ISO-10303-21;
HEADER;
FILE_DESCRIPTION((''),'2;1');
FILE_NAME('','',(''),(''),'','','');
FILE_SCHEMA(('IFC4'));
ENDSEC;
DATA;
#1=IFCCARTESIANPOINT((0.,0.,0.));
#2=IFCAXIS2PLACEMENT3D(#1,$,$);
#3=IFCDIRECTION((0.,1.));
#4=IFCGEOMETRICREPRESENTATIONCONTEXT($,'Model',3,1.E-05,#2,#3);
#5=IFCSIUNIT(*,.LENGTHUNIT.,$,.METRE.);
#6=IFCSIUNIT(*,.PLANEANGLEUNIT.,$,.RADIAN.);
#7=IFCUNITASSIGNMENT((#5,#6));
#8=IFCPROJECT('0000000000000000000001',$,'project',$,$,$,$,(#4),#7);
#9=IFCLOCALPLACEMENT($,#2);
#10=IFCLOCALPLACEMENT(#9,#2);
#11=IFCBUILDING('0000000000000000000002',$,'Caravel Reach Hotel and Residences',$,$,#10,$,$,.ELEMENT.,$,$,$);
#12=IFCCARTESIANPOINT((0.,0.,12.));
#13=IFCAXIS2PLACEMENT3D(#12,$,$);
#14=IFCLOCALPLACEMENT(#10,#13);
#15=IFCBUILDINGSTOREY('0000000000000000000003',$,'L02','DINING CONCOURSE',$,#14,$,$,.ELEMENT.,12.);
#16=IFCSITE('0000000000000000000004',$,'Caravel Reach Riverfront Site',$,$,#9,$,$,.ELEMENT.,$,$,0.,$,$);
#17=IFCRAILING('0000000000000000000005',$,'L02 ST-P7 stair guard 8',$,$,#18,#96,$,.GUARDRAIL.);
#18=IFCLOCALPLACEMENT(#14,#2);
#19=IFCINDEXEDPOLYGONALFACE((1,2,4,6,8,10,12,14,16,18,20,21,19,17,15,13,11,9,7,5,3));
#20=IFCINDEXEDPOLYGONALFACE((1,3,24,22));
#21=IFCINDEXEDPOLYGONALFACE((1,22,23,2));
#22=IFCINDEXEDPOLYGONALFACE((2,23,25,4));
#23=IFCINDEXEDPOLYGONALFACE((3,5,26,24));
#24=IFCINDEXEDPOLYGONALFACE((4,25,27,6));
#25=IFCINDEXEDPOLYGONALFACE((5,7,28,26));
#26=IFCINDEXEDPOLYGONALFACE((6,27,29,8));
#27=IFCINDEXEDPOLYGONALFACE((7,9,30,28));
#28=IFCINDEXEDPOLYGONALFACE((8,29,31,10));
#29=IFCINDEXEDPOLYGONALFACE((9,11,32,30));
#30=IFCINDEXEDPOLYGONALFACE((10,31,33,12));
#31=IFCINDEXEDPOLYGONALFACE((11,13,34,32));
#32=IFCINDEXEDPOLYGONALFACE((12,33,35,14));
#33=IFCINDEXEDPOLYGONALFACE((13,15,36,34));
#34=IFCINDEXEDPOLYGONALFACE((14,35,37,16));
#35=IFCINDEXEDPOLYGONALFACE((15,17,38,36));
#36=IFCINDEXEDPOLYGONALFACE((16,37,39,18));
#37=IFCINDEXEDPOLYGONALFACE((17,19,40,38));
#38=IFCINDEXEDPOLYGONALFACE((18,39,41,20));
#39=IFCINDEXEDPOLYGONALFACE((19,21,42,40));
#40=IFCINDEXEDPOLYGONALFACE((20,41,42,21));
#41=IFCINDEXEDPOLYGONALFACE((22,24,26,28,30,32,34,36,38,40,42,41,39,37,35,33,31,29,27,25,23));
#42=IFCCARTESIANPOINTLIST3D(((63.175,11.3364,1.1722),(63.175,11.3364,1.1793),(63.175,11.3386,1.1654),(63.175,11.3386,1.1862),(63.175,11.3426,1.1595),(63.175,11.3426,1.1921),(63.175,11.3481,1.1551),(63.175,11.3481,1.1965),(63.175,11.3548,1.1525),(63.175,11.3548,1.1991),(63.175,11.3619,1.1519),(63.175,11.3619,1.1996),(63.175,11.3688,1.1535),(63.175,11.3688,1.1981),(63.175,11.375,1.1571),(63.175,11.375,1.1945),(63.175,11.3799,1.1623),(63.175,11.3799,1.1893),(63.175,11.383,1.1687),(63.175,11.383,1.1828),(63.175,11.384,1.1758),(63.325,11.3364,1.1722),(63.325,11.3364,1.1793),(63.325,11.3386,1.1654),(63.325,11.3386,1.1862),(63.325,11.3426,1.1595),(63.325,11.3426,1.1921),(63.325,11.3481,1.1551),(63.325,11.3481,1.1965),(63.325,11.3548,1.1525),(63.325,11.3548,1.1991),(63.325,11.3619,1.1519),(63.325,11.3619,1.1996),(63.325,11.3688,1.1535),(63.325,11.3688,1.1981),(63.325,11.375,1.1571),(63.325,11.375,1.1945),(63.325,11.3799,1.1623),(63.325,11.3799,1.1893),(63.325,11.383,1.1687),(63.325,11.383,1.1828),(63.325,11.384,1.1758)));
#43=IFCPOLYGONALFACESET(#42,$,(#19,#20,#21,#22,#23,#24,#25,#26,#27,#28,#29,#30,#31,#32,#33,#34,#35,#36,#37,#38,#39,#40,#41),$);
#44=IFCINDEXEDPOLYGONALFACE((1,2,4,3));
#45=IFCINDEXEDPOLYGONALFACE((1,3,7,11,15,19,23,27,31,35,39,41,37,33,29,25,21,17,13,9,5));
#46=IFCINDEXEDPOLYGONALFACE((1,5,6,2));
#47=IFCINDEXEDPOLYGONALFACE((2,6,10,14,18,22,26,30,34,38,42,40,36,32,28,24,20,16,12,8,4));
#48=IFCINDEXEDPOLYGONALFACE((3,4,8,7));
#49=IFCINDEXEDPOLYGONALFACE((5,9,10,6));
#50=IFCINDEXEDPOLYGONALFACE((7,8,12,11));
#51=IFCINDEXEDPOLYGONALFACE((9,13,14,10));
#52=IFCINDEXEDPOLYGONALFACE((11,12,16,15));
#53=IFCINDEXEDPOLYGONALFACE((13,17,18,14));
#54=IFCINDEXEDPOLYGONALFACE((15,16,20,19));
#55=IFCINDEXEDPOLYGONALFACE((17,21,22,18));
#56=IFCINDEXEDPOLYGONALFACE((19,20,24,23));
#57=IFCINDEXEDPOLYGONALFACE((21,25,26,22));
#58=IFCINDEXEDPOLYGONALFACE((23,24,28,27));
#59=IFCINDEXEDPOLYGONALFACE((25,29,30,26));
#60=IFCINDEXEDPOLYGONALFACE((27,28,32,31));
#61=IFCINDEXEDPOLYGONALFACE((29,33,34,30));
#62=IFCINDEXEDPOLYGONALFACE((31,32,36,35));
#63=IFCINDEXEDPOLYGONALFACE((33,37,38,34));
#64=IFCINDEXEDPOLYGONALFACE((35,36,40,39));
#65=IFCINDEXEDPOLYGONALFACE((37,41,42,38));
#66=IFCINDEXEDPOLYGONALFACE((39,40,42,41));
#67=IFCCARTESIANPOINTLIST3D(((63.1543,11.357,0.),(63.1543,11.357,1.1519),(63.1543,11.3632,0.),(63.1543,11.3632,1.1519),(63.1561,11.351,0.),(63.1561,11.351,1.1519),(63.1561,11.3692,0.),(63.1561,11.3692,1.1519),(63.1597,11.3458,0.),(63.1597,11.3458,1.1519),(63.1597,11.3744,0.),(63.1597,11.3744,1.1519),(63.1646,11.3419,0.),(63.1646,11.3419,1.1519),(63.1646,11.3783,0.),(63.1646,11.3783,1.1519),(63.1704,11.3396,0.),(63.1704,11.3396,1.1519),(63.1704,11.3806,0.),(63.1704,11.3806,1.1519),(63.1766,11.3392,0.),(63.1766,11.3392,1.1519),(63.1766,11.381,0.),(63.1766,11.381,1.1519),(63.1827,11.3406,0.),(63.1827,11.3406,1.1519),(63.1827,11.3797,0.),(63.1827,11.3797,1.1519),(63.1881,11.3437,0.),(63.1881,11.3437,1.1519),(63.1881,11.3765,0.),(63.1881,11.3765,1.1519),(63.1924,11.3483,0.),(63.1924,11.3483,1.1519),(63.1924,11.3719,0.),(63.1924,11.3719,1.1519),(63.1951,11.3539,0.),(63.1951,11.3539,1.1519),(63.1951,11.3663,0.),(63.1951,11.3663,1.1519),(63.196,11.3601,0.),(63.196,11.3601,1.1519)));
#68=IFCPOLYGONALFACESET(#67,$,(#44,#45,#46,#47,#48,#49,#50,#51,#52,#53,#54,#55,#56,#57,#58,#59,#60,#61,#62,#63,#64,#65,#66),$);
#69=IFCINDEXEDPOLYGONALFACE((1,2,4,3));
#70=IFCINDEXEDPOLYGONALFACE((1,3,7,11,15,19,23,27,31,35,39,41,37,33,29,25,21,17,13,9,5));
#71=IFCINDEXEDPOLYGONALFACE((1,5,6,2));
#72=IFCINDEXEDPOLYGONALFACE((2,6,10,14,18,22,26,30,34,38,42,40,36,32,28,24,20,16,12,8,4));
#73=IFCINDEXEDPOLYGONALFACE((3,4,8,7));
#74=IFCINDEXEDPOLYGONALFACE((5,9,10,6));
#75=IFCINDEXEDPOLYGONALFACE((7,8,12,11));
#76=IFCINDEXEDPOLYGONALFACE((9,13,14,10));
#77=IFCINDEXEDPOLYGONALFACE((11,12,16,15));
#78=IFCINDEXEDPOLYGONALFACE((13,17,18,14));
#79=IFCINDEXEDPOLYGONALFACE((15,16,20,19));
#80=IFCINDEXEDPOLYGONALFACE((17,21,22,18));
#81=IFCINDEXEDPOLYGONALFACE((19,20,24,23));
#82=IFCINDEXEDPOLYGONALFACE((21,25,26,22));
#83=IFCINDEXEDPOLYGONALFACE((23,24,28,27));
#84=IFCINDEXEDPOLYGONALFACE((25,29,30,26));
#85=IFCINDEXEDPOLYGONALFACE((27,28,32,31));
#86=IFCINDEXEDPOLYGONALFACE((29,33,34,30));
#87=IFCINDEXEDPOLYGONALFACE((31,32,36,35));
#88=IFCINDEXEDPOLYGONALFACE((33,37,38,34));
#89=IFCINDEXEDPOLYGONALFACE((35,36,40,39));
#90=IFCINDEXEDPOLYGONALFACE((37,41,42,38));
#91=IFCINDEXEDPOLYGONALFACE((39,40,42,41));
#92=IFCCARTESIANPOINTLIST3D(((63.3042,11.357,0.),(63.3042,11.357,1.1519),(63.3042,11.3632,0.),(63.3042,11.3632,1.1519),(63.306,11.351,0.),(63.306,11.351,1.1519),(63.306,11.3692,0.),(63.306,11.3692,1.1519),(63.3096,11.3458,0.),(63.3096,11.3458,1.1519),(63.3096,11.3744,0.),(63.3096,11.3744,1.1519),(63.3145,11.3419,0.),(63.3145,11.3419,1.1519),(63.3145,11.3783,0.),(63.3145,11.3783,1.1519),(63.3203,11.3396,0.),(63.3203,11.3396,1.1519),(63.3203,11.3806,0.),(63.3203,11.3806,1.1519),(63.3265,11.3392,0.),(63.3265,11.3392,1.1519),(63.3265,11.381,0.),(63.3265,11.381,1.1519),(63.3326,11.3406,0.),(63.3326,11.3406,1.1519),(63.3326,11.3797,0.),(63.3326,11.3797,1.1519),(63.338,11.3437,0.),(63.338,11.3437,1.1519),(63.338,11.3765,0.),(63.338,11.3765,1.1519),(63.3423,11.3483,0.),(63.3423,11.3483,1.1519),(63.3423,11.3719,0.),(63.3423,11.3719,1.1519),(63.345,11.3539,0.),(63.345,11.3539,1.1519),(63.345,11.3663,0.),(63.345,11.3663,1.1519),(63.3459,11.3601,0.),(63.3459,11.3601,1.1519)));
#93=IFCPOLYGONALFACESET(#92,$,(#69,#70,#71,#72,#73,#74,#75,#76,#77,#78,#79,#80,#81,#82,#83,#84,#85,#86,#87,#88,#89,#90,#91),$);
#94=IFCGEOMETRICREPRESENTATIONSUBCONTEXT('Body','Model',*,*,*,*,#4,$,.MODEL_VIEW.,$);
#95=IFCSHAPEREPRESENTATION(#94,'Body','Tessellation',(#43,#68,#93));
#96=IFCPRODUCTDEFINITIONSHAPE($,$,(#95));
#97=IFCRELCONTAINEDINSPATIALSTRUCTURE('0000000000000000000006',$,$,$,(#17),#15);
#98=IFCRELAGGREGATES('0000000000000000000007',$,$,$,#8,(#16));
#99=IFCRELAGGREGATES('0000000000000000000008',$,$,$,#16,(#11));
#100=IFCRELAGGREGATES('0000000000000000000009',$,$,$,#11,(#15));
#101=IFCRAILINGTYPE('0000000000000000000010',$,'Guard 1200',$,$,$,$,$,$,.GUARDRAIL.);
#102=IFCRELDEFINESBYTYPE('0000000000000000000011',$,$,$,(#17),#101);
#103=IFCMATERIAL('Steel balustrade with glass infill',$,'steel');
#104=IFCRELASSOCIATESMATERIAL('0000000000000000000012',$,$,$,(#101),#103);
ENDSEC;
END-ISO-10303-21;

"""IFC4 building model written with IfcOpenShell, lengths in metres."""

from ifc_helpers import new_model, si_unit, direction, frame, origin, origin_2d, place, context, subcontext, project, spatial, circle, extrude, material, type_object, element, save


model = new_model("IFC4")

# Units and contexts
model_context = context("Model", 3, precision=1e-05, world=origin(), true_north=direction((0.0, 1.0)))
body_context = subcontext(model_context, "Body", "Model", "MODEL_VIEW")
ifc_project = project(units=[si_unit("LENGTHUNIT", "METRE"), si_unit("PLANEANGLEUNIT", "RADIAN")], contexts=[model_context])

# Site, building, storey
site_placement = place(None, origin())
site = spatial("IfcSite", under=ifc_project, at=site_placement, Name="Caravel Reach Riverfront Site", CompositionType="ELEMENT", RefElevation=0.0)
building_placement = place(site_placement, origin())
building = spatial("IfcBuilding", under=site, at=building_placement, Name="Caravel Reach Hotel and Residences", CompositionType="ELEMENT")
storey_placement = place(building_placement, frame((0.0, 0.0, 12.0)))
storey = spatial("IfcBuildingStorey", under=building, at=storey_placement, Name="L02", Description="DINING CONCOURSE", CompositionType="ELEMENT", Elevation=12.0)

# Railing
ifc_material_1 = material(Name="Steel balustrade with glass infill", Category="steel")
railing_type_1 = type_object("IfcRailingType", Name="Guard 1200", PredefinedType="GUARDRAIL", material=ifc_material_1)
railing_1_placement = place(storey_placement, frame((63.175, 11.3601, 0.0)))
element("IfcRailing", 1, at=railing_1_placement, inside=storey, type_object=railing_type_1, Name="L02 ST-P7 stair guard 8", PredefinedType="GUARDRAIL", context=body_context, shape_type="SweptSolid", body=[
    extrude(circle(Radius=0.0239, at=origin_2d()), frame((0.0, 0.0, 1.1758), z_axis=(1.0, 0.0, 0.0), x_axis=(0.0, 1.0, 0.0)), (0.0, 0.0, 1.0), 0.1499),
    extrude(circle(Radius=0.021, at=origin_2d()), origin(), (0.0, 0.0, 1.0), 1.1519),
    extrude(circle(Radius=0.021, at=origin_2d()), frame((0.1499, 0.0, 0.0)), (0.0, 0.0, 1.0), 1.1519),
])

save(model, "model.ifc")
